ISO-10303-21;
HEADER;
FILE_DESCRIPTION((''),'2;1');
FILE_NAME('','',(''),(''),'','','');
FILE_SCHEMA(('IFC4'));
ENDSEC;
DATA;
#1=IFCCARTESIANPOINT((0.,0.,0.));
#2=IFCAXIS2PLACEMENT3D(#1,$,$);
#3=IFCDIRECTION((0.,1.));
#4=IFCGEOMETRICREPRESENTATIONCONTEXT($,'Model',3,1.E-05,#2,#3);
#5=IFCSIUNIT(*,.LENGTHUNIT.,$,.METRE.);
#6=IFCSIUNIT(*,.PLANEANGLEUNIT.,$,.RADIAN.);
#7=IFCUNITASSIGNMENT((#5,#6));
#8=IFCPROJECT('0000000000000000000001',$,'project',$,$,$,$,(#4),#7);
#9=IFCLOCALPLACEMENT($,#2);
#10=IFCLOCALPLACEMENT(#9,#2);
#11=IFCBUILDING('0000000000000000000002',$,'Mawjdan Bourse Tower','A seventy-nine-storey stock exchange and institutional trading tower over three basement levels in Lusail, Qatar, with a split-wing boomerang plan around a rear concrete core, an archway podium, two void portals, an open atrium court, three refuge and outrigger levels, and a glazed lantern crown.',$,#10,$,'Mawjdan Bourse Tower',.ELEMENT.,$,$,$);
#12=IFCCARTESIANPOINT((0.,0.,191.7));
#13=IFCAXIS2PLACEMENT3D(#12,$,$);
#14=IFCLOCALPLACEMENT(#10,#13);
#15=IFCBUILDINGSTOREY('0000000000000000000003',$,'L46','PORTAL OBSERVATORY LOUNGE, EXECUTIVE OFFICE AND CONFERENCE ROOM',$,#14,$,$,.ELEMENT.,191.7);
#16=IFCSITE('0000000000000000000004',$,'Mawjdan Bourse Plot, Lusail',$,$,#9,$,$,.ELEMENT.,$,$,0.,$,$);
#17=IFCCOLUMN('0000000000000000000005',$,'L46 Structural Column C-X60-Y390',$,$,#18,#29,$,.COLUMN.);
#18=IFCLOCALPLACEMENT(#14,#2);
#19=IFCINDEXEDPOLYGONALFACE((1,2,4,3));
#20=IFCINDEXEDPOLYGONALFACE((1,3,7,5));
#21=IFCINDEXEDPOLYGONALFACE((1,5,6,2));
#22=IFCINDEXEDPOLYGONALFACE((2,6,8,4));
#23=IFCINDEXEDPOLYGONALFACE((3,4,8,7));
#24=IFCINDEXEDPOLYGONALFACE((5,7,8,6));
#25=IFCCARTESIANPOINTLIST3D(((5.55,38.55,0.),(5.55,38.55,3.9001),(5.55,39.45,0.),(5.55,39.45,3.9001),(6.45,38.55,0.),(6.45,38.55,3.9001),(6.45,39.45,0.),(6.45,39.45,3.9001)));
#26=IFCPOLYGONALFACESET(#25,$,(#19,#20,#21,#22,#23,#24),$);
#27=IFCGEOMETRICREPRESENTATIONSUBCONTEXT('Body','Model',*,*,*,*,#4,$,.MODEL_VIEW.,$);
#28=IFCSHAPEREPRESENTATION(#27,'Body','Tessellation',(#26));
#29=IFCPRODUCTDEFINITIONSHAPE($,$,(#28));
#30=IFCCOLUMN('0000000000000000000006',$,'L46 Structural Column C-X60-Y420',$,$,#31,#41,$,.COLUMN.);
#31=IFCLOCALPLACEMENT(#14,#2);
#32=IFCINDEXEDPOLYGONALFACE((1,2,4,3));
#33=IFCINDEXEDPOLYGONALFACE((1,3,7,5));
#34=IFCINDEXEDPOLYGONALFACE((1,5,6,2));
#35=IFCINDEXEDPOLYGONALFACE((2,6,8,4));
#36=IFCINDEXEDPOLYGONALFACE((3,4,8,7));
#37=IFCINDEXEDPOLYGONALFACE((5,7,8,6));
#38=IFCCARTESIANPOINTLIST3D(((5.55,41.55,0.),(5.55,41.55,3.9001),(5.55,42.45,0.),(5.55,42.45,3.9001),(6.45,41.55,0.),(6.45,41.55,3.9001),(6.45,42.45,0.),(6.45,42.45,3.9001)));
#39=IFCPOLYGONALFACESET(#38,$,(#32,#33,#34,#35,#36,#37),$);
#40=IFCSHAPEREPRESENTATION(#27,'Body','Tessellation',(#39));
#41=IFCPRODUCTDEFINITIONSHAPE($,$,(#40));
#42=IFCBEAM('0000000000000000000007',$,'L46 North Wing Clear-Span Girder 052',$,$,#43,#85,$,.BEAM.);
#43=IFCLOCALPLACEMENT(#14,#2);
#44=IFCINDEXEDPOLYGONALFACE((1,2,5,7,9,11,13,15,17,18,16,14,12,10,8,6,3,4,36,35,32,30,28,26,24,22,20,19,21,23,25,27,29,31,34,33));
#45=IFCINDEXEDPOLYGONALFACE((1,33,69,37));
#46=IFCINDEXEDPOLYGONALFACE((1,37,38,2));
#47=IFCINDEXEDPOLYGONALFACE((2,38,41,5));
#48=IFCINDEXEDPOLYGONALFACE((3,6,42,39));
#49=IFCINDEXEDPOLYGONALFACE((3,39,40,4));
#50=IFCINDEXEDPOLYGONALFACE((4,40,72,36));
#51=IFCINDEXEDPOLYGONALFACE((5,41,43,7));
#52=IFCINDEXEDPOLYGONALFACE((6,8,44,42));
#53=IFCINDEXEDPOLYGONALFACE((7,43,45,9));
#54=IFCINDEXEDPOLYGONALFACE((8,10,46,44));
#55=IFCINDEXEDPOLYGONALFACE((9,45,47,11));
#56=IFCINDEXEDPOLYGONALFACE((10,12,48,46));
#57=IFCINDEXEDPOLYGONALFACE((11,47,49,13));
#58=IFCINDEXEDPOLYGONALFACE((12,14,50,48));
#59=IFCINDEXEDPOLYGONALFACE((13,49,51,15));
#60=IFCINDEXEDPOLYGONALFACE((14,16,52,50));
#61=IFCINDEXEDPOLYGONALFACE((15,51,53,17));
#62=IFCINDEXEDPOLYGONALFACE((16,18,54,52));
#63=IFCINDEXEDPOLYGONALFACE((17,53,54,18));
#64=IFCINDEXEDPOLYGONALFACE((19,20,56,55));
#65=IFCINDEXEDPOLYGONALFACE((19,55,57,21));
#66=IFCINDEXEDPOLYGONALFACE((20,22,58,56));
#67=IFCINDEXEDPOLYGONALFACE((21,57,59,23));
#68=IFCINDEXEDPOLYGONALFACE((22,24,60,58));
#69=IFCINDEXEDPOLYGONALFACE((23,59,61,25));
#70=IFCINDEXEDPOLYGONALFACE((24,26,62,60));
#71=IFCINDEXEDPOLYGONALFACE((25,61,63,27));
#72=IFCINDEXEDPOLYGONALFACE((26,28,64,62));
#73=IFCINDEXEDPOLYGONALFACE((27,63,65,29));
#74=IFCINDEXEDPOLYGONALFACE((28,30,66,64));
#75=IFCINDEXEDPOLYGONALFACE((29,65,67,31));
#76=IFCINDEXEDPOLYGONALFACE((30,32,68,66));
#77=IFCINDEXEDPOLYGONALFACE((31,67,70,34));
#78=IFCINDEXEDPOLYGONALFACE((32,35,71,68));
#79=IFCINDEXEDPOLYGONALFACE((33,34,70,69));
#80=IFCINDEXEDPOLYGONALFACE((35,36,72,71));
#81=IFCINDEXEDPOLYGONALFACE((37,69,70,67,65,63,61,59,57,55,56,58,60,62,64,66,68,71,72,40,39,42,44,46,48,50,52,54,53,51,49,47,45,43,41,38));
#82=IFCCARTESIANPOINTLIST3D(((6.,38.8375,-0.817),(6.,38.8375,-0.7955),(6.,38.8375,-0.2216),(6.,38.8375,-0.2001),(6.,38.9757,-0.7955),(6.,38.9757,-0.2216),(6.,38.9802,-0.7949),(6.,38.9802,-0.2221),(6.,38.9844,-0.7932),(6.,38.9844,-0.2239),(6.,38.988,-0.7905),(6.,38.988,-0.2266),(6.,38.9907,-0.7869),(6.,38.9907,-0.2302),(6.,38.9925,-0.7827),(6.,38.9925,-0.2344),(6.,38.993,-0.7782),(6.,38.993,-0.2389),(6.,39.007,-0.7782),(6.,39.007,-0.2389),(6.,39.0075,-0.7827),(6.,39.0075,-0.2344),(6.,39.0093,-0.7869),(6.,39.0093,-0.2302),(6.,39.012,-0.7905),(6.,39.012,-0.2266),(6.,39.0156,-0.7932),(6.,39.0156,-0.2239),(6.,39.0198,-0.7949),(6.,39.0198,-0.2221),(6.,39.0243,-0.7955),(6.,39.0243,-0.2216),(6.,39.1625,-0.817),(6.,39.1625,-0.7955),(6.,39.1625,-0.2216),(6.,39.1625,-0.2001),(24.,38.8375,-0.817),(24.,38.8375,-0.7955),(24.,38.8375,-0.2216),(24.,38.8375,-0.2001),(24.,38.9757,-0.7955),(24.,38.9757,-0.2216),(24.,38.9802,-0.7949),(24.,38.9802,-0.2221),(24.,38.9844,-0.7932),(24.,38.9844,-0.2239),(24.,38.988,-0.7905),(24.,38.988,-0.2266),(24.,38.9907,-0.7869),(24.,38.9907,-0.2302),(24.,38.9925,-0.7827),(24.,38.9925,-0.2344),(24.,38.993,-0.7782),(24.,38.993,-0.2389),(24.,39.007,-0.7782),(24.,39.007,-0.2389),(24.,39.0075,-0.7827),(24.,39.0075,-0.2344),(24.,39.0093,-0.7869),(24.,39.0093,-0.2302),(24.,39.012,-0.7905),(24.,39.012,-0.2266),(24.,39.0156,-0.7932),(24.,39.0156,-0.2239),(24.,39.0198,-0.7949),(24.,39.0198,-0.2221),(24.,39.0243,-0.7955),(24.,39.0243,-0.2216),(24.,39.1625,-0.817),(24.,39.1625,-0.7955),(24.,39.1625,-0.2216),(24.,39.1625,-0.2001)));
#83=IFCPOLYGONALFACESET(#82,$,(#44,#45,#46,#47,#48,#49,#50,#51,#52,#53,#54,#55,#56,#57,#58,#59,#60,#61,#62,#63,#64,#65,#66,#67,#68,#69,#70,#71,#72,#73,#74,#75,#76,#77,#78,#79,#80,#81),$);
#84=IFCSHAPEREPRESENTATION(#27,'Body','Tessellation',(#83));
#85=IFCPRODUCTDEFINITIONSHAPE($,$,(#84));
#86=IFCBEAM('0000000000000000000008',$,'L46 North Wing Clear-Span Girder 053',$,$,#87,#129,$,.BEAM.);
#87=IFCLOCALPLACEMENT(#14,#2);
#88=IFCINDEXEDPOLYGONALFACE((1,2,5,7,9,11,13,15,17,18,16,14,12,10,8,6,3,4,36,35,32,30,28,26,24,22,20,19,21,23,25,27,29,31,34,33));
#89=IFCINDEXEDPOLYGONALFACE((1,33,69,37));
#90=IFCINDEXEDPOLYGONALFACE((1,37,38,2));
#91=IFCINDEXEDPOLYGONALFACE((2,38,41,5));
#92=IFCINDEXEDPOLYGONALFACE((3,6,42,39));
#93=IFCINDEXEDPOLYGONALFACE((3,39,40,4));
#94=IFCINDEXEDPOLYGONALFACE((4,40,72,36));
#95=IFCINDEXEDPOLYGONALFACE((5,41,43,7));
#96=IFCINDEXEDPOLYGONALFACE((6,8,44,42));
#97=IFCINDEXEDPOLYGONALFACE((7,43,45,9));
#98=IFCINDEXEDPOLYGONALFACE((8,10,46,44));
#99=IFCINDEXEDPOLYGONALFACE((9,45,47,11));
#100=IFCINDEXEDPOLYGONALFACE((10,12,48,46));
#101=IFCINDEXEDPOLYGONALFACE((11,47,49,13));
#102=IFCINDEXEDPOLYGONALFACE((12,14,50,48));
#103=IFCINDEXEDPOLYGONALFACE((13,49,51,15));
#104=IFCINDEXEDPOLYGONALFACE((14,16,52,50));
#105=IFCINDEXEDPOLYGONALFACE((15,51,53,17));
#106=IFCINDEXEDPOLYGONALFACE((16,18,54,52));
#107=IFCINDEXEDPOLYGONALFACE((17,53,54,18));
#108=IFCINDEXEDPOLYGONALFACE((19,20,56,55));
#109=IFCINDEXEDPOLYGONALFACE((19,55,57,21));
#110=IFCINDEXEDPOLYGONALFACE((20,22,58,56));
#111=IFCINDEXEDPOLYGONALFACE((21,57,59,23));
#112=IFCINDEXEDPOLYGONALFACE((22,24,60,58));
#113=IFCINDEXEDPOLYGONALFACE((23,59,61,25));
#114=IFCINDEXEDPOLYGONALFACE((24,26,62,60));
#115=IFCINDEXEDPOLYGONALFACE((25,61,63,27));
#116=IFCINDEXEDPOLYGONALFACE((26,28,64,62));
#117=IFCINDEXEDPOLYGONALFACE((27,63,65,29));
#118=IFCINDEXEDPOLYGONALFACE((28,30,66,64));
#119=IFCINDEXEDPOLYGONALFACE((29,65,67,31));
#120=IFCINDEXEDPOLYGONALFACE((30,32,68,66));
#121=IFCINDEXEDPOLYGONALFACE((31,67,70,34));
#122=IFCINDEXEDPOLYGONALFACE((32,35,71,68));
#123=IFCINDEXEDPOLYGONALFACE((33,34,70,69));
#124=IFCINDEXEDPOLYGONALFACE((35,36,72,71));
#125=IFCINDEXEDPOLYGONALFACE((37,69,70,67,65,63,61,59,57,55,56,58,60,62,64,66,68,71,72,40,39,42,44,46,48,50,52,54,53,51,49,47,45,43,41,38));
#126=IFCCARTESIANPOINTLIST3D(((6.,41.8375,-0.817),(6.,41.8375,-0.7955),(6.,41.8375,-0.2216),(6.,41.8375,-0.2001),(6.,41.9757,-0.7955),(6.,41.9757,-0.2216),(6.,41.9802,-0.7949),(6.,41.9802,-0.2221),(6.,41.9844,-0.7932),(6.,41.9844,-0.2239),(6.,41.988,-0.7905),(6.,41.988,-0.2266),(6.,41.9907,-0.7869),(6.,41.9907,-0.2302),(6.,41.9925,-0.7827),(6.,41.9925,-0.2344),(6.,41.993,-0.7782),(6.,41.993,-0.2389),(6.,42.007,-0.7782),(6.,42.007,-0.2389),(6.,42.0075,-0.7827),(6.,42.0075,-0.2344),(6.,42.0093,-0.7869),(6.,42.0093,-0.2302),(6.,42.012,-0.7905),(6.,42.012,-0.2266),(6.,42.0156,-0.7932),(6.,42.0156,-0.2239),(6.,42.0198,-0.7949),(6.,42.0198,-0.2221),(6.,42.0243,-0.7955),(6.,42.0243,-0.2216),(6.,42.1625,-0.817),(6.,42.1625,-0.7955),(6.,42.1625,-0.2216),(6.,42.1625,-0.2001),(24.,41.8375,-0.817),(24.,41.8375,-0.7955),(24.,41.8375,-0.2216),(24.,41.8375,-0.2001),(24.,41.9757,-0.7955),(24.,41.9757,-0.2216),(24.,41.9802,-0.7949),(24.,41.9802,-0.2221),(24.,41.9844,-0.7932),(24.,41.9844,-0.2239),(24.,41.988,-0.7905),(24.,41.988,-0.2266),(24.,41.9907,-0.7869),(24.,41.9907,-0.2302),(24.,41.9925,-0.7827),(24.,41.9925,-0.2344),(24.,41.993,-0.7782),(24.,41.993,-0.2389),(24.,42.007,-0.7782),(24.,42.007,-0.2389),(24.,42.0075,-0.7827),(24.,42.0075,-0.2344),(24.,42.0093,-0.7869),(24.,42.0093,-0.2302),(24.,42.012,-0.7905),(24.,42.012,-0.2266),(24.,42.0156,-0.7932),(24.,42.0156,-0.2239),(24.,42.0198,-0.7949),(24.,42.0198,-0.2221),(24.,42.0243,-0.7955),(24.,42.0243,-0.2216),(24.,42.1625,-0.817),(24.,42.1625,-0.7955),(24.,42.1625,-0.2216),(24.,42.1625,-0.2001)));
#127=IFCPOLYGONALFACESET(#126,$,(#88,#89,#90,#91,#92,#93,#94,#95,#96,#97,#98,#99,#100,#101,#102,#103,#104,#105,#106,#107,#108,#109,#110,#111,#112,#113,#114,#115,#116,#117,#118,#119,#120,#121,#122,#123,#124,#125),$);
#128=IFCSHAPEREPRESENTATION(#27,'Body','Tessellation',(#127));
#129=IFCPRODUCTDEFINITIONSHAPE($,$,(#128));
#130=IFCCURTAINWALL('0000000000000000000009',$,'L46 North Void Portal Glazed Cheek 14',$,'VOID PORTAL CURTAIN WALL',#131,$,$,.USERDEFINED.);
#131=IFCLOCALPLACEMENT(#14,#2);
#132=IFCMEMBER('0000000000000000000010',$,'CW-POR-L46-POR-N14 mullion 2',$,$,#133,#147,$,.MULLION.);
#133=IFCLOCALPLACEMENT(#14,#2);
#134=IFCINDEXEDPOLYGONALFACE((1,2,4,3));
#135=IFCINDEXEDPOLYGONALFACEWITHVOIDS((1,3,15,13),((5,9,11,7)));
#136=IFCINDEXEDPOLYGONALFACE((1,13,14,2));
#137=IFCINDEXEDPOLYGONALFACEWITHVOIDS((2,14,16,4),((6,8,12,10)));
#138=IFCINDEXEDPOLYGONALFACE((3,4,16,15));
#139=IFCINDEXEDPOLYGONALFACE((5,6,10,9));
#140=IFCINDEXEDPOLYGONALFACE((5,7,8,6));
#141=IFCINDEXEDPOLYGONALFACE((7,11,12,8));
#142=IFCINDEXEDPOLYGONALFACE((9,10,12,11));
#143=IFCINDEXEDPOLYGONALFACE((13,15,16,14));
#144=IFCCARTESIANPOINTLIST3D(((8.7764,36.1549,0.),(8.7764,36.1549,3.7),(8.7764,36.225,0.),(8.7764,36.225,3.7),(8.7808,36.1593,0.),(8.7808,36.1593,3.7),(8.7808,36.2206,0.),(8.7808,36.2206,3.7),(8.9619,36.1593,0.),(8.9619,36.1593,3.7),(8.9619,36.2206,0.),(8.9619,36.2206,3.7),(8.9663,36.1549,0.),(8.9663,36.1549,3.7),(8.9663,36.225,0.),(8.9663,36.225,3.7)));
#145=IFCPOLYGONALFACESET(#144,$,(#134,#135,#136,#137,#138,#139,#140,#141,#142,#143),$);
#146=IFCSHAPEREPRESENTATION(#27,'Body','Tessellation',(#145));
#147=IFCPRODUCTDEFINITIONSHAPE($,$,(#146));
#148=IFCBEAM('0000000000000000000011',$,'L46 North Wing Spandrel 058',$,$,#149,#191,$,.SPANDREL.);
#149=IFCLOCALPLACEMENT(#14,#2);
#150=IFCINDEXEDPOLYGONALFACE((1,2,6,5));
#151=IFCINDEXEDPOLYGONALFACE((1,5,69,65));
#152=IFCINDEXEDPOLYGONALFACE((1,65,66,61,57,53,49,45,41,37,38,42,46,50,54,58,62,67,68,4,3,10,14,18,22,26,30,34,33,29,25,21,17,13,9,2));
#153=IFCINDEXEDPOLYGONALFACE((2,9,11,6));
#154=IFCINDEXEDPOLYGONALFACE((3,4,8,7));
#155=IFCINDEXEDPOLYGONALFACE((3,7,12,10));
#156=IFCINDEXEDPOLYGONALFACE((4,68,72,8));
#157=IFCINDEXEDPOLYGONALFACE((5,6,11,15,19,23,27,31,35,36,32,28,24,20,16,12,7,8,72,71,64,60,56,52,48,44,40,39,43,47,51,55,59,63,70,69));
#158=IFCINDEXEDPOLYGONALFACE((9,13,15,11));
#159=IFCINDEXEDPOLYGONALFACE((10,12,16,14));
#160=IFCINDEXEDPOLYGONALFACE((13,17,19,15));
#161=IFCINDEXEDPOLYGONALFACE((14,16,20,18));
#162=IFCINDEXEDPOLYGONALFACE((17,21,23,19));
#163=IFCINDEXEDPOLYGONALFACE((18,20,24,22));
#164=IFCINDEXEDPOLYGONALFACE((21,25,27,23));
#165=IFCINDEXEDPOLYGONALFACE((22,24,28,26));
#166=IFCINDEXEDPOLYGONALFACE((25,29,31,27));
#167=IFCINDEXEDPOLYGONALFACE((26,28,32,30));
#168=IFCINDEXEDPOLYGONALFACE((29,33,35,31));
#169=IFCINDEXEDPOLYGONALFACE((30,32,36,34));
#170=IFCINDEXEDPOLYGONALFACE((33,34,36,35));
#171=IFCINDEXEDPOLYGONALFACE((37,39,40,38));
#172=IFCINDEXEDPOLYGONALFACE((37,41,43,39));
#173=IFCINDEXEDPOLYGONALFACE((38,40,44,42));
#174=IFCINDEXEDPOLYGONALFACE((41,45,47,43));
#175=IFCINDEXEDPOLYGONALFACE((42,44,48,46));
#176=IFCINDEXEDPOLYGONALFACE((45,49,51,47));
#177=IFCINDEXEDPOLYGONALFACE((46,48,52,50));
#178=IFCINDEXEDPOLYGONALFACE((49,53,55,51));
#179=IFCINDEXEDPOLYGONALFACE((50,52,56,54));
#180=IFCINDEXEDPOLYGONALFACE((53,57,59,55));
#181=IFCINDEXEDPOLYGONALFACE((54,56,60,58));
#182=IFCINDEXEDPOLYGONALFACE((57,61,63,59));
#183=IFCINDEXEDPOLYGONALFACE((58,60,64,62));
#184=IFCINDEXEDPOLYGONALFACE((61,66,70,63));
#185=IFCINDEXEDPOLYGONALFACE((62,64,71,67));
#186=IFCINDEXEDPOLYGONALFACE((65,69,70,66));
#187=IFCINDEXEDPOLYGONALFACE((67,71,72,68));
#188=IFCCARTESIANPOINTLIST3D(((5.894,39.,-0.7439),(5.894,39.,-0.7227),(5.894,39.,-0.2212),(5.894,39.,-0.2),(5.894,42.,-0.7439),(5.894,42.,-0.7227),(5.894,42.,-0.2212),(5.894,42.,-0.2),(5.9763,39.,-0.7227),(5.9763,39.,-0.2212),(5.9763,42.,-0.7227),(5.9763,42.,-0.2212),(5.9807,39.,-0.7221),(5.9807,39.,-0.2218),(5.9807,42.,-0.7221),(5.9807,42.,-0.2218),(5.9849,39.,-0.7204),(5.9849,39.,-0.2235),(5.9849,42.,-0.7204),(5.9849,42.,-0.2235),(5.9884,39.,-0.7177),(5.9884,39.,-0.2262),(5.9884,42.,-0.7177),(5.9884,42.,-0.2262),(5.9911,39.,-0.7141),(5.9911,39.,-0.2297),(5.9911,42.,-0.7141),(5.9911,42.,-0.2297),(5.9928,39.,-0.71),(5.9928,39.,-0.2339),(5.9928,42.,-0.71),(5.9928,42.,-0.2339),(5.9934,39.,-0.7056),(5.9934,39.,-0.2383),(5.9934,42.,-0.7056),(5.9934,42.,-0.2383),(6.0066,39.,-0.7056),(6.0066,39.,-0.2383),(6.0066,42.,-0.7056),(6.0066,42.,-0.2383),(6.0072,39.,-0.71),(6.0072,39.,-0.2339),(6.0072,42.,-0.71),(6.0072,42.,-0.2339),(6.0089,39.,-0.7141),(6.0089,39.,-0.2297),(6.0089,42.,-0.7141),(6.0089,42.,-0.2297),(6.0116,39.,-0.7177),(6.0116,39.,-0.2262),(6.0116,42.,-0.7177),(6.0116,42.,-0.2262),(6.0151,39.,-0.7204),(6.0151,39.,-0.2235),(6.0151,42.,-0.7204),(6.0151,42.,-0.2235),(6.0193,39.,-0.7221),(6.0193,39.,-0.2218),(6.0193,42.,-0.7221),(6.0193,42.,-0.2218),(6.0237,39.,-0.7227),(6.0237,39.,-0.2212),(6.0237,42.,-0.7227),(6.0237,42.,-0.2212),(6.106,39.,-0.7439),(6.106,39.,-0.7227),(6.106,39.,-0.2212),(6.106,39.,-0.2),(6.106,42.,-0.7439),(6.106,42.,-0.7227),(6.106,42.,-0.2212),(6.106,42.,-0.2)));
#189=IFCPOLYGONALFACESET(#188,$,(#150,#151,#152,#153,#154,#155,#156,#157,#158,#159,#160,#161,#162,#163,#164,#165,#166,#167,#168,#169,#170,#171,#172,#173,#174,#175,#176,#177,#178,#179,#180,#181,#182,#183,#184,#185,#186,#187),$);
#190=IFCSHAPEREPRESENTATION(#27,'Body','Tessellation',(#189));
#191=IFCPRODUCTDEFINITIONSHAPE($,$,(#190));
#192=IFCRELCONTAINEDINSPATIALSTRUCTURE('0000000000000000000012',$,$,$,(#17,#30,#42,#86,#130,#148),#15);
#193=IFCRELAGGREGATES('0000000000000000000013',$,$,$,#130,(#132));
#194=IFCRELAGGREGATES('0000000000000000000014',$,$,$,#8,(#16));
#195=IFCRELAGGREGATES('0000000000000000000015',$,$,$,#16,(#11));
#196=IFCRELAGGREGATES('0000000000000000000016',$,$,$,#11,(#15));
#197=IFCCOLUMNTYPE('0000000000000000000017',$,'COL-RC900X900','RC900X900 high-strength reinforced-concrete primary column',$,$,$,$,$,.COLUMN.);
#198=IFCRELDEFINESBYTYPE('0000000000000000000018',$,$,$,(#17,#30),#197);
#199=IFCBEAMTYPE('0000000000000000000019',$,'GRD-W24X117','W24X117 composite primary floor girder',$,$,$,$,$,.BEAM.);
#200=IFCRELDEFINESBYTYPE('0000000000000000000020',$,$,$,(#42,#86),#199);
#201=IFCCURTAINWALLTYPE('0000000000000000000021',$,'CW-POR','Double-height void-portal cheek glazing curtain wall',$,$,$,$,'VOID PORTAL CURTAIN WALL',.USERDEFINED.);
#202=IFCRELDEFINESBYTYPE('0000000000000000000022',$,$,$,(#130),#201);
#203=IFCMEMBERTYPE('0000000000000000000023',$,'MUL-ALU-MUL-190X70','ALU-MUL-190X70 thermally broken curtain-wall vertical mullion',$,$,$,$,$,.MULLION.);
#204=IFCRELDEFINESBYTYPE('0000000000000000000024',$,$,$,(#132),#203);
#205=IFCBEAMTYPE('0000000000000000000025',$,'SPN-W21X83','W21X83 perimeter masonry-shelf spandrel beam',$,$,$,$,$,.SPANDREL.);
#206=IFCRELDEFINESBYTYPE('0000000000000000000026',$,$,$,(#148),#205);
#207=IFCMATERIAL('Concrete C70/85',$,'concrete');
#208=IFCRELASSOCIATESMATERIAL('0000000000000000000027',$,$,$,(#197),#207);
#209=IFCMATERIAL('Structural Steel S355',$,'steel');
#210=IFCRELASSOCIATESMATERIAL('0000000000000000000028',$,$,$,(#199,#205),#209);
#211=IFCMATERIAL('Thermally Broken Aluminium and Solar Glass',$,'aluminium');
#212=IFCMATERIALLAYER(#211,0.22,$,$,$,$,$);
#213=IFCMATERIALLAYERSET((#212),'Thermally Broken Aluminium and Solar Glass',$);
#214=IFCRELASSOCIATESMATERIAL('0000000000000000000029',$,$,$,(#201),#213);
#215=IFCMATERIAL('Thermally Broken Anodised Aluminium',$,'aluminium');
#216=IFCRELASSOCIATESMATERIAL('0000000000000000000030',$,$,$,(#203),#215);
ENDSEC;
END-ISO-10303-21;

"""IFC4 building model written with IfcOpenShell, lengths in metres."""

from ifc_helpers import new_model, si_unit, direction, frame, origin, origin_2d, place, context, subcontext, project, spatial, rectangle, hollow_rectangle, i_section, extrude, material, layer, layer_set, material_profile, profile_set, type_object, element, aggregate, save


model = new_model("IFC4")

# Units and contexts
model_context = context("Model", 3, precision=1e-05, world=origin(), true_north=direction((0.0, 1.0)))
body_context = subcontext(model_context, "Body", "Model", "MODEL_VIEW")
ifc_project = project(units=[si_unit("LENGTHUNIT", "METRE"), si_unit("PLANEANGLEUNIT", "RADIAN")], contexts=[model_context])

# Site, building, storey
site_placement = place(None, origin())
site = spatial("IfcSite", under=ifc_project, at=site_placement, Name="Mawjdan Bourse Plot, Lusail", CompositionType="ELEMENT", RefElevation=0.0)
building_placement = place(site_placement, origin())
building = spatial("IfcBuilding", under=site, at=building_placement, Name="Mawjdan Bourse Tower", Description="A seventy-nine-storey stock exchange and institutional trading tower over three basement levels in Lusail, Qatar, with a split-wing boomerang plan around a rear concrete core, an archway podium, two void portals, an open atrium court, three refuge and outrigger levels, and a glazed lantern crown.", LongName="Mawjdan Bourse Tower", CompositionType="ELEMENT")
storey_placement = place(building_placement, frame((0.0, 0.0, 191.7)))
storey = spatial("IfcBuildingStorey", under=building, at=storey_placement, Name="L46", Description="PORTAL OBSERVATORY LOUNGE, EXECUTIVE OFFICE AND CONFERENCE ROOM", CompositionType="ELEMENT", Elevation=191.7)

# Columns
ifc_material_1 = material(Name="Concrete C70/85", Category="concrete")
ifc_material_profile_1 = material_profile(ifc_material_1, rectangle(XDim=0.8999, YDim=0.8999, at=origin_2d()), Name="RC900X900")
ifc_profile_set_1 = profile_set([ifc_material_profile_1], Name="Concrete C70/85")
column_type = type_object("IfcColumnType", Name="COL-RC900X900", Description="RC900X900 high-strength reinforced-concrete primary column", PredefinedType="COLUMN", material=ifc_profile_set_1)
for number, where, z_axis, x_axis, name in (
    (1, (6.0, 39.0, 0.0), (0.0, 0.0, 1.0), (1.0, 0.0, 0.0), "L46 Structural Column C-X60-Y390"),
    (2, (6.0, 42.0, 0.0), (0.0, 0.0, 1.0), (1.0, 0.0, 0.0), "L46 Structural Column C-X60-Y420"),
):
    element("IfcColumn", number, at=place(storey_placement, frame(where, z_axis=z_axis, x_axis=x_axis)), inside=storey, type_object=column_type, Name=name, PredefinedType="COLUMN", context=body_context, shape_type="SweptSolid", body=[
        extrude(rectangle(XDim=0.8999, YDim=0.8999, at=origin_2d()), origin(), (0.0, 0.0, 1.0), 3.9001),
    ])

# Beams
ifc_material_2 = material(Name="Structural Steel S355", Category="steel")
ifc_material_profile_2 = material_profile(ifc_material_2, i_section(OverallWidth=0.325, OverallDepth=0.6169, WebThickness=0.0139, FlangeThickness=0.0215, FilletRadius=0.0173, at=origin_2d()), Name="W24X117")
ifc_profile_set_2 = profile_set([ifc_material_profile_2], Name="Structural Steel S355")
beam_type_1 = type_object("IfcBeamType", Name="GRD-W24X117", Description="W24X117 composite primary floor girder", PredefinedType="BEAM", material=ifc_profile_set_2)
for number, where, z_axis, x_axis, name in (
    (3, (6.0, 39.0, -0.5085), (1.0, 0.0, 0.0), (0.0, 1.0, 0.0), "L46 North Wing Clear-Span Girder 052"),
    (4, (6.0, 42.0, -0.5085), (1.0, 0.0, 0.0), (0.0, 1.0, 0.0), "L46 North Wing Clear-Span Girder 053"),
):
    element("IfcBeam", number, at=place(storey_placement, frame(where, z_axis=z_axis, x_axis=x_axis)), inside=storey, type_object=beam_type_1, Name=name, PredefinedType="BEAM", context=body_context, shape_type="SweptSolid", body=[
        extrude(i_section(OverallWidth=0.325, OverallDepth=0.6169, WebThickness=0.0139, FlangeThickness=0.0215, FilletRadius=0.0173, at=origin_2d()), origin(), (0.0, 0.0, 1.0), 18.0),
    ])

# Curtain wall, member
ifc_material_3 = material(Name="Thermally Broken Aluminium and Solar Glass", Category="aluminium")
ifc_layer_1 = layer(ifc_material_3, 0.22)
ifc_layer_set_1 = layer_set([ifc_layer_1], Name="Thermally Broken Aluminium and Solar Glass")
curtain_wall_type = type_object("IfcCurtainWallType", Name="CW-POR", Description="Double-height void-portal cheek glazing curtain wall", ElementType="VOID PORTAL CURTAIN WALL", PredefinedType="USERDEFINED", material=ifc_layer_set_1)
curtain_wall_placement = place(storey_placement, origin())
curtain_wall = element("IfcCurtainWall", 5, at=curtain_wall_placement, inside=storey, type_object=curtain_wall_type, Name="L46 North Void Portal Glazed Cheek 14", ObjectType="VOID PORTAL CURTAIN WALL", PredefinedType="USERDEFINED")
ifc_material_4 = material(Name="Thermally Broken Anodised Aluminium", Category="aluminium")
ifc_material_profile_3 = material_profile(ifc_material_4, hollow_rectangle(XDim=0.0701, YDim=0.1899, WallThickness=0.0044, at=origin_2d()), Name="ALU-MUL-190X70")
ifc_profile_set_3 = profile_set([ifc_material_profile_3], Name="Thermally Broken Anodised Aluminium")
member_type_1 = type_object("IfcMemberType", Name="MUL-ALU-MUL-190X70", Description="ALU-MUL-190X70 thermally broken curtain-wall vertical mullion", PredefinedType="MULLION", material=ifc_profile_set_3)
member_1_placement = place(storey_placement, frame((8.8713, 36.1899, 0.0), z_axis=(0.0, 0.0, 1.0), x_axis=(0.0, 1.0, 0.0)))
member_1 = element("IfcMember", 6, at=member_1_placement, type_object=member_type_1, Name="CW-POR-L46-POR-N14 mullion 2", PredefinedType="MULLION", context=body_context, shape_type="SweptSolid", body=[
    extrude(hollow_rectangle(XDim=0.0701, YDim=0.1899, WallThickness=0.0044, at=origin_2d()), origin(), (0.0, 0.0, 1.0), 3.7),
])

# Beam
ifc_material_profile_4 = material_profile(ifc_material_2, i_section(OverallWidth=0.2119, OverallDepth=0.5439, WebThickness=0.0132, FlangeThickness=0.0212, FilletRadius=0.0171, at=origin_2d()), Name="W21X83")
ifc_profile_set_4 = profile_set([ifc_material_profile_4], Name="Structural Steel S355")
beam_type_2 = type_object("IfcBeamType", Name="SPN-W21X83", Description="W21X83 perimeter masonry-shelf spandrel beam", PredefinedType="SPANDREL", material=ifc_profile_set_4)
beam_placement = place(storey_placement, frame((6.0, 39.0, -0.4719), z_axis=(0.0, 1.0, 0.0), x_axis=(-1.0, 0.0, 0.0)))
element("IfcBeam", 7, at=beam_placement, inside=storey, type_object=beam_type_2, Name="L46 North Wing Spandrel 058", PredefinedType="SPANDREL", context=body_context, shape_type="SweptSolid", body=[
    extrude(i_section(OverallWidth=0.2119, OverallDepth=0.5439, WebThickness=0.0132, FlangeThickness=0.0212, FilletRadius=0.0171, at=origin_2d()), origin(), (0.0, 0.0, 1.0), 3.0),
])

aggregate(curtain_wall, [member_1])

save(model, "model.ifc")
